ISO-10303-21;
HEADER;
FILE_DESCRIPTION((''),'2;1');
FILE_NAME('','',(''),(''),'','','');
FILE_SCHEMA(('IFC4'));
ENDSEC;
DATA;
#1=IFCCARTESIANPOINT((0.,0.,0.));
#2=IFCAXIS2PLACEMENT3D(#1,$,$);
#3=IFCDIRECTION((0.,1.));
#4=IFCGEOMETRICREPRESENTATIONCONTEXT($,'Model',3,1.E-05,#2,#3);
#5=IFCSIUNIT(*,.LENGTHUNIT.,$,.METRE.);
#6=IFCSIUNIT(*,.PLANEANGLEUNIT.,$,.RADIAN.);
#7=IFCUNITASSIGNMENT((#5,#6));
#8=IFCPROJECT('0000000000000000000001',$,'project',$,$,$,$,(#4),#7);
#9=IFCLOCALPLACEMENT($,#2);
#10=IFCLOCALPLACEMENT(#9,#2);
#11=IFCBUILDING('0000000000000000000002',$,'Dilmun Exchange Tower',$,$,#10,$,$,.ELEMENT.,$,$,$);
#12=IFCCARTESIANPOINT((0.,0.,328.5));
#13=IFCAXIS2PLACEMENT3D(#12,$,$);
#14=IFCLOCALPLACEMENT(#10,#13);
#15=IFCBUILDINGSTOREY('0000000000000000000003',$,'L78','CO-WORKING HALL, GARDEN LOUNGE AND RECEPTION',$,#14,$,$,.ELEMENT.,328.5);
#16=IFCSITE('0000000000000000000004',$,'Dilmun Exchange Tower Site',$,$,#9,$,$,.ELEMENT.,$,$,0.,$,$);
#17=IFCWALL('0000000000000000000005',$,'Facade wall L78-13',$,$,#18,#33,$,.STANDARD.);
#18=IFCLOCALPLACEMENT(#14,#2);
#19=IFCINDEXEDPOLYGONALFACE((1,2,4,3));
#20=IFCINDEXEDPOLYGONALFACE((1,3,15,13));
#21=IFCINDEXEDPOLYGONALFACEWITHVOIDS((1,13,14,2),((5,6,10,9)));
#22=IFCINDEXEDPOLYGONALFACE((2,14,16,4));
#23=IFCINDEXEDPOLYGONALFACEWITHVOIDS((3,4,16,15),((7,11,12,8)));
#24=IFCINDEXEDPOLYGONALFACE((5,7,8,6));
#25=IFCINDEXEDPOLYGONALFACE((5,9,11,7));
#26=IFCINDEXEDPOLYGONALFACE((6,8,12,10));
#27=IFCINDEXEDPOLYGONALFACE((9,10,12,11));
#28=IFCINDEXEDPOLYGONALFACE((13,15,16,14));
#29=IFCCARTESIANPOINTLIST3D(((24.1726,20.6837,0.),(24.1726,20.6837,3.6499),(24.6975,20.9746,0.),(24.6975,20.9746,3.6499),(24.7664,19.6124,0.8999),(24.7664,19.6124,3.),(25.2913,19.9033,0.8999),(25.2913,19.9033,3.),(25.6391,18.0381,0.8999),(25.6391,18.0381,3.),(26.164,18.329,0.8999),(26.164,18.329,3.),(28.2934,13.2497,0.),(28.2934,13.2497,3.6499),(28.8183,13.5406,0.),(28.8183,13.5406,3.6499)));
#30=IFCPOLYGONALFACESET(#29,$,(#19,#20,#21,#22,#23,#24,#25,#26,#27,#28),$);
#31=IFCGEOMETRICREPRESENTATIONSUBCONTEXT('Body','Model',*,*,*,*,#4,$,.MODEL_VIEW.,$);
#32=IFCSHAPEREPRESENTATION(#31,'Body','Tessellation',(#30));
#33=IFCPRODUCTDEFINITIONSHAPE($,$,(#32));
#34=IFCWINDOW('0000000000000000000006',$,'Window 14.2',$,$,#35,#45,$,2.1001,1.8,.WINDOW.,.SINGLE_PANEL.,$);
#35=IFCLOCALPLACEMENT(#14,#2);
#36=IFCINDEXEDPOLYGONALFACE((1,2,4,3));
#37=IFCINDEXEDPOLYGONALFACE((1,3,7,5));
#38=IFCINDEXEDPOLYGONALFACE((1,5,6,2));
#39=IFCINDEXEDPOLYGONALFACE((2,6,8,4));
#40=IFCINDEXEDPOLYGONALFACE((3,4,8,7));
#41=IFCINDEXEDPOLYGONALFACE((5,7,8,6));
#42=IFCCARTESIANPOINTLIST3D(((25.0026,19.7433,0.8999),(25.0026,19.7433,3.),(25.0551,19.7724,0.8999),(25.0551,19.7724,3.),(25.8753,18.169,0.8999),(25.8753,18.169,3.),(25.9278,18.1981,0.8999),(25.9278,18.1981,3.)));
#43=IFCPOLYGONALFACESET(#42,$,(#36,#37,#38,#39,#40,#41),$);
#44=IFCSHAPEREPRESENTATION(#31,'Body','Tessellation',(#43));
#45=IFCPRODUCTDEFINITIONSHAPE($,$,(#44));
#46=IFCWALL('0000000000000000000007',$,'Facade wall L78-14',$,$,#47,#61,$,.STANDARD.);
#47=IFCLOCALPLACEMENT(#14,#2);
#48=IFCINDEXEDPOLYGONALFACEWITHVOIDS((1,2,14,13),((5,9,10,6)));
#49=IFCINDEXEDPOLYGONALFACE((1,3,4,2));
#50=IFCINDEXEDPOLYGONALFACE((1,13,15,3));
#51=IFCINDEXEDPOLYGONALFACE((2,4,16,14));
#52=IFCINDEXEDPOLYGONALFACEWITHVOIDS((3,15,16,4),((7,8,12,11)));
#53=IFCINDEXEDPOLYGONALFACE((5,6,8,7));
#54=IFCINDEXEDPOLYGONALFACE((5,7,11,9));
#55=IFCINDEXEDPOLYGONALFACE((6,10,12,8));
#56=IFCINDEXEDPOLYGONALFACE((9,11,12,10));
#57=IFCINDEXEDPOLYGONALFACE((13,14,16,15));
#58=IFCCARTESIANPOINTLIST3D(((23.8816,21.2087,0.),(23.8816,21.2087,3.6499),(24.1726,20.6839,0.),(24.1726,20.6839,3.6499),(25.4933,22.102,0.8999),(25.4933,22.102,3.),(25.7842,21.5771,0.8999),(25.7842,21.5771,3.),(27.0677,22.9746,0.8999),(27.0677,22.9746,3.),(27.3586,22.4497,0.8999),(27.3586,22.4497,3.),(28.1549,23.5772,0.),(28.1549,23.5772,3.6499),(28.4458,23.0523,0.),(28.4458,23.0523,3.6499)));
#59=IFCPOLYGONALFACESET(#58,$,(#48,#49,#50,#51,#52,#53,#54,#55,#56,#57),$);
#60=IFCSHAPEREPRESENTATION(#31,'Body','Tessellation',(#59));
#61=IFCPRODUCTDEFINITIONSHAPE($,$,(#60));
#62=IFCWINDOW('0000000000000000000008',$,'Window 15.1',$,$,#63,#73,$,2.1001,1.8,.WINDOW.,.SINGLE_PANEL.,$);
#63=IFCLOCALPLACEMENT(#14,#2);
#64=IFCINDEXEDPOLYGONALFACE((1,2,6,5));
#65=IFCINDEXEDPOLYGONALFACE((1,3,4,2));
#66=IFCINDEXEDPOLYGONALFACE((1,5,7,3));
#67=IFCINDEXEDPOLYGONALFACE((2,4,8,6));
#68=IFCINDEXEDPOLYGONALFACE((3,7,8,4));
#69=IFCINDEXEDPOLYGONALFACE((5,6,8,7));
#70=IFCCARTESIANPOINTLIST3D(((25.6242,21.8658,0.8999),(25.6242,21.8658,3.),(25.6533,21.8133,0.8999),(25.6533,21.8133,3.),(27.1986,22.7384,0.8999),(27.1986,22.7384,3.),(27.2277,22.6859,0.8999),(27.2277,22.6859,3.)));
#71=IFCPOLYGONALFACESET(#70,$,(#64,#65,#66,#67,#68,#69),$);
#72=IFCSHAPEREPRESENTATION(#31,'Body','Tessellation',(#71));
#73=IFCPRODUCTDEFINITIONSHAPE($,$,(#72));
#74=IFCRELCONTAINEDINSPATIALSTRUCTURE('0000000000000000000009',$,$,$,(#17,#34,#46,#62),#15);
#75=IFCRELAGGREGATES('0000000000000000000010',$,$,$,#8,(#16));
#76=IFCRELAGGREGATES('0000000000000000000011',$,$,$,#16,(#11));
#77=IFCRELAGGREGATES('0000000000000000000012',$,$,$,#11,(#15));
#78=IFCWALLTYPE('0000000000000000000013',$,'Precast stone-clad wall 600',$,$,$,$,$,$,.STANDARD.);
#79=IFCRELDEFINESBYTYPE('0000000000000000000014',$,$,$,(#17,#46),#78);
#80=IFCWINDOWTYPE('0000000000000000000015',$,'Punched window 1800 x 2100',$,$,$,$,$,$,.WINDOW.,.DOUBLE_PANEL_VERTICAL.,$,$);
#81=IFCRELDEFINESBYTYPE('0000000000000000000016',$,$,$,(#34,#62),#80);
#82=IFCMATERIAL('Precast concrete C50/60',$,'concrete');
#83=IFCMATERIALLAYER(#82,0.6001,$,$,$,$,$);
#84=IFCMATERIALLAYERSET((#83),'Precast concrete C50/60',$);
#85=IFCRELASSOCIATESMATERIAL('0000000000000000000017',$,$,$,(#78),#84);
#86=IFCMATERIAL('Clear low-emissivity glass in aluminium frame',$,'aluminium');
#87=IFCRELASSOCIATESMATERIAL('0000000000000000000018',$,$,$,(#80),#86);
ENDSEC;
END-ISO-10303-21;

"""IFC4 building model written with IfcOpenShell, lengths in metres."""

from ifc_helpers import new_model, si_unit, direction, frame, frame_2d, origin, place, context, subcontext, project, spatial, rectangle, extrude, material, layer, layer_set, type_object, element, fill, save


model = new_model("IFC4")

# Units and contexts
model_context = context("Model", 3, precision=1e-05, world=origin(), true_north=direction((0.0, 1.0)))
body_context = subcontext(model_context, "Body", "Model", "MODEL_VIEW")
ifc_project = project(units=[si_unit("LENGTHUNIT", "METRE"), si_unit("PLANEANGLEUNIT", "RADIAN")], contexts=[model_context])

# Site, building, storey
site_placement = place(None, origin())
site = spatial("IfcSite", under=ifc_project, at=site_placement, Name="Dilmun Exchange Tower Site", CompositionType="ELEMENT", RefElevation=0.0)
building_placement = place(site_placement, origin())
building = spatial("IfcBuilding", under=site, at=building_placement, Name="Dilmun Exchange Tower", CompositionType="ELEMENT")
storey_placement = place(building_placement, frame((0.0, 0.0, 328.5)))
storey = spatial("IfcBuildingStorey", under=building, at=storey_placement, Name="L78", Description="CO-WORKING HALL, GARDEN LOUNGE AND RECEPTION", CompositionType="ELEMENT", Elevation=328.5)

# Walls, openings, windows
ifc_material_1 = material(Name="Precast concrete C50/60", Category="concrete")
ifc_layer_1 = layer(ifc_material_1, 0.6001)
ifc_layer_set_1 = layer_set([ifc_layer_1], Name="Precast concrete C50/60")
wall_type_1 = type_object("IfcWallType", Name="Precast stone-clad wall 600", PredefinedType="STANDARD", material=ifc_layer_set_1)
ifc_material_2 = material(Name="Clear low-emissivity glass in aluminium frame", Category="aluminium")
window_type_1 = type_object("IfcWindowType", Name="Punched window 1800 x 2100", PartitioningType="DOUBLE_PANEL_VERTICAL", PredefinedType="WINDOW", material=ifc_material_2)
wall_1_placement = place(storey_placement, frame((28.5559, 13.395, 0.0), z_axis=(0.0, 0.0, 1.0), x_axis=(-0.484816, 0.874616, 0.0)))
wall_1 = element("IfcWall", 1, at=wall_1_placement, inside=storey, type_object=wall_type_1, Name="Facade wall L78-13", PredefinedType="STANDARD", context=body_context, shape_type="SweptSolid", body=[
    extrude(rectangle(XDim=8.4998, YDim=0.6001, at=frame_2d((4.25, 0.0))), origin(), (0.0, 0.0, 1.0), 3.6499),
])
opening_1_placement = place(wall_1_placement, frame((5.4751, 0.0, 0.8999)))
opening_1 = element("IfcOpeningElement", 2, at=opening_1_placement, cuts=wall_1, PredefinedType="OPENING", context=body_context, shape_type="SweptSolid", body=[
    extrude(rectangle(XDim=1.8, YDim=2.1001, at=frame_2d((0.8999, 1.05))), frame((0.0, 0.3101, 0.0), z_axis=(0.0, -1.0, 0.0), x_axis=(1.0, 0.0, 0.0)), (0.0, 0.0, 1.0), 0.6201),
])
window_1_placement = place(opening_1_placement, origin())
window_1 = element("IfcWindow", 3, at=window_1_placement, inside=storey, type_object=window_type_1, Name="Window 14.2", OverallHeight=2.1001, OverallWidth=1.8, PartitioningType="SINGLE_PANEL", PredefinedType="WINDOW", context=body_context, shape_type="SweptSolid", body=[
    extrude(rectangle(XDim=1.8, YDim=2.1001, at=frame_2d((0.8999, 1.05))), frame((0.0, 0.03, 0.0), z_axis=(0.0, -1.0, 0.0), x_axis=(1.0, 0.0, 0.0)), (0.0, 0.0, 1.0), 0.0601),
])
fill(opening_1, window_1)
wall_2_placement = place(storey_placement, frame((24.0271, 20.9463, 0.0), z_axis=(0.0, 0.0, 1.0), x_axis=(0.874642, 0.484769, 0.0)))
wall_2 = element("IfcWall", 4, at=wall_2_placement, inside=storey, type_object=wall_type_1, Name="Facade wall L78-14", PredefinedType="STANDARD", context=body_context, shape_type="SweptSolid", body=[
    extrude(rectangle(XDim=4.8857, YDim=0.6001, at=frame_2d((2.4429, 0.0))), origin(), (0.0, 0.0, 1.0), 3.6499),
])
opening_2_placement = place(wall_2_placement, frame((1.8428, 0.0, 0.8999)))
opening_2 = element("IfcOpeningElement", 5, at=opening_2_placement, cuts=wall_2, PredefinedType="OPENING", context=body_context, shape_type="SweptSolid", body=[
    extrude(rectangle(XDim=1.8, YDim=2.1001, at=frame_2d((0.8999, 1.05))), frame((0.0, 0.3101, 0.0), z_axis=(0.0, -1.0, 0.0), x_axis=(1.0, 0.0, 0.0)), (0.0, 0.0, 1.0), 0.6201),
])
window_2_placement = place(opening_2_placement, origin())
window_2 = element("IfcWindow", 6, at=window_2_placement, inside=storey, type_object=window_type_1, Name="Window 15.1", OverallHeight=2.1001, OverallWidth=1.8, PartitioningType="SINGLE_PANEL", PredefinedType="WINDOW", context=body_context, shape_type="SweptSolid", body=[
    extrude(rectangle(XDim=1.8, YDim=2.1001, at=frame_2d((0.8999, 1.05))), frame((0.0, 0.03, 0.0), z_axis=(0.0, -1.0, 0.0), x_axis=(1.0, 0.0, 0.0)), (0.0, 0.0, 1.0), 0.0601),
])
fill(opening_2, window_2)

save(model, "model.ifc")
